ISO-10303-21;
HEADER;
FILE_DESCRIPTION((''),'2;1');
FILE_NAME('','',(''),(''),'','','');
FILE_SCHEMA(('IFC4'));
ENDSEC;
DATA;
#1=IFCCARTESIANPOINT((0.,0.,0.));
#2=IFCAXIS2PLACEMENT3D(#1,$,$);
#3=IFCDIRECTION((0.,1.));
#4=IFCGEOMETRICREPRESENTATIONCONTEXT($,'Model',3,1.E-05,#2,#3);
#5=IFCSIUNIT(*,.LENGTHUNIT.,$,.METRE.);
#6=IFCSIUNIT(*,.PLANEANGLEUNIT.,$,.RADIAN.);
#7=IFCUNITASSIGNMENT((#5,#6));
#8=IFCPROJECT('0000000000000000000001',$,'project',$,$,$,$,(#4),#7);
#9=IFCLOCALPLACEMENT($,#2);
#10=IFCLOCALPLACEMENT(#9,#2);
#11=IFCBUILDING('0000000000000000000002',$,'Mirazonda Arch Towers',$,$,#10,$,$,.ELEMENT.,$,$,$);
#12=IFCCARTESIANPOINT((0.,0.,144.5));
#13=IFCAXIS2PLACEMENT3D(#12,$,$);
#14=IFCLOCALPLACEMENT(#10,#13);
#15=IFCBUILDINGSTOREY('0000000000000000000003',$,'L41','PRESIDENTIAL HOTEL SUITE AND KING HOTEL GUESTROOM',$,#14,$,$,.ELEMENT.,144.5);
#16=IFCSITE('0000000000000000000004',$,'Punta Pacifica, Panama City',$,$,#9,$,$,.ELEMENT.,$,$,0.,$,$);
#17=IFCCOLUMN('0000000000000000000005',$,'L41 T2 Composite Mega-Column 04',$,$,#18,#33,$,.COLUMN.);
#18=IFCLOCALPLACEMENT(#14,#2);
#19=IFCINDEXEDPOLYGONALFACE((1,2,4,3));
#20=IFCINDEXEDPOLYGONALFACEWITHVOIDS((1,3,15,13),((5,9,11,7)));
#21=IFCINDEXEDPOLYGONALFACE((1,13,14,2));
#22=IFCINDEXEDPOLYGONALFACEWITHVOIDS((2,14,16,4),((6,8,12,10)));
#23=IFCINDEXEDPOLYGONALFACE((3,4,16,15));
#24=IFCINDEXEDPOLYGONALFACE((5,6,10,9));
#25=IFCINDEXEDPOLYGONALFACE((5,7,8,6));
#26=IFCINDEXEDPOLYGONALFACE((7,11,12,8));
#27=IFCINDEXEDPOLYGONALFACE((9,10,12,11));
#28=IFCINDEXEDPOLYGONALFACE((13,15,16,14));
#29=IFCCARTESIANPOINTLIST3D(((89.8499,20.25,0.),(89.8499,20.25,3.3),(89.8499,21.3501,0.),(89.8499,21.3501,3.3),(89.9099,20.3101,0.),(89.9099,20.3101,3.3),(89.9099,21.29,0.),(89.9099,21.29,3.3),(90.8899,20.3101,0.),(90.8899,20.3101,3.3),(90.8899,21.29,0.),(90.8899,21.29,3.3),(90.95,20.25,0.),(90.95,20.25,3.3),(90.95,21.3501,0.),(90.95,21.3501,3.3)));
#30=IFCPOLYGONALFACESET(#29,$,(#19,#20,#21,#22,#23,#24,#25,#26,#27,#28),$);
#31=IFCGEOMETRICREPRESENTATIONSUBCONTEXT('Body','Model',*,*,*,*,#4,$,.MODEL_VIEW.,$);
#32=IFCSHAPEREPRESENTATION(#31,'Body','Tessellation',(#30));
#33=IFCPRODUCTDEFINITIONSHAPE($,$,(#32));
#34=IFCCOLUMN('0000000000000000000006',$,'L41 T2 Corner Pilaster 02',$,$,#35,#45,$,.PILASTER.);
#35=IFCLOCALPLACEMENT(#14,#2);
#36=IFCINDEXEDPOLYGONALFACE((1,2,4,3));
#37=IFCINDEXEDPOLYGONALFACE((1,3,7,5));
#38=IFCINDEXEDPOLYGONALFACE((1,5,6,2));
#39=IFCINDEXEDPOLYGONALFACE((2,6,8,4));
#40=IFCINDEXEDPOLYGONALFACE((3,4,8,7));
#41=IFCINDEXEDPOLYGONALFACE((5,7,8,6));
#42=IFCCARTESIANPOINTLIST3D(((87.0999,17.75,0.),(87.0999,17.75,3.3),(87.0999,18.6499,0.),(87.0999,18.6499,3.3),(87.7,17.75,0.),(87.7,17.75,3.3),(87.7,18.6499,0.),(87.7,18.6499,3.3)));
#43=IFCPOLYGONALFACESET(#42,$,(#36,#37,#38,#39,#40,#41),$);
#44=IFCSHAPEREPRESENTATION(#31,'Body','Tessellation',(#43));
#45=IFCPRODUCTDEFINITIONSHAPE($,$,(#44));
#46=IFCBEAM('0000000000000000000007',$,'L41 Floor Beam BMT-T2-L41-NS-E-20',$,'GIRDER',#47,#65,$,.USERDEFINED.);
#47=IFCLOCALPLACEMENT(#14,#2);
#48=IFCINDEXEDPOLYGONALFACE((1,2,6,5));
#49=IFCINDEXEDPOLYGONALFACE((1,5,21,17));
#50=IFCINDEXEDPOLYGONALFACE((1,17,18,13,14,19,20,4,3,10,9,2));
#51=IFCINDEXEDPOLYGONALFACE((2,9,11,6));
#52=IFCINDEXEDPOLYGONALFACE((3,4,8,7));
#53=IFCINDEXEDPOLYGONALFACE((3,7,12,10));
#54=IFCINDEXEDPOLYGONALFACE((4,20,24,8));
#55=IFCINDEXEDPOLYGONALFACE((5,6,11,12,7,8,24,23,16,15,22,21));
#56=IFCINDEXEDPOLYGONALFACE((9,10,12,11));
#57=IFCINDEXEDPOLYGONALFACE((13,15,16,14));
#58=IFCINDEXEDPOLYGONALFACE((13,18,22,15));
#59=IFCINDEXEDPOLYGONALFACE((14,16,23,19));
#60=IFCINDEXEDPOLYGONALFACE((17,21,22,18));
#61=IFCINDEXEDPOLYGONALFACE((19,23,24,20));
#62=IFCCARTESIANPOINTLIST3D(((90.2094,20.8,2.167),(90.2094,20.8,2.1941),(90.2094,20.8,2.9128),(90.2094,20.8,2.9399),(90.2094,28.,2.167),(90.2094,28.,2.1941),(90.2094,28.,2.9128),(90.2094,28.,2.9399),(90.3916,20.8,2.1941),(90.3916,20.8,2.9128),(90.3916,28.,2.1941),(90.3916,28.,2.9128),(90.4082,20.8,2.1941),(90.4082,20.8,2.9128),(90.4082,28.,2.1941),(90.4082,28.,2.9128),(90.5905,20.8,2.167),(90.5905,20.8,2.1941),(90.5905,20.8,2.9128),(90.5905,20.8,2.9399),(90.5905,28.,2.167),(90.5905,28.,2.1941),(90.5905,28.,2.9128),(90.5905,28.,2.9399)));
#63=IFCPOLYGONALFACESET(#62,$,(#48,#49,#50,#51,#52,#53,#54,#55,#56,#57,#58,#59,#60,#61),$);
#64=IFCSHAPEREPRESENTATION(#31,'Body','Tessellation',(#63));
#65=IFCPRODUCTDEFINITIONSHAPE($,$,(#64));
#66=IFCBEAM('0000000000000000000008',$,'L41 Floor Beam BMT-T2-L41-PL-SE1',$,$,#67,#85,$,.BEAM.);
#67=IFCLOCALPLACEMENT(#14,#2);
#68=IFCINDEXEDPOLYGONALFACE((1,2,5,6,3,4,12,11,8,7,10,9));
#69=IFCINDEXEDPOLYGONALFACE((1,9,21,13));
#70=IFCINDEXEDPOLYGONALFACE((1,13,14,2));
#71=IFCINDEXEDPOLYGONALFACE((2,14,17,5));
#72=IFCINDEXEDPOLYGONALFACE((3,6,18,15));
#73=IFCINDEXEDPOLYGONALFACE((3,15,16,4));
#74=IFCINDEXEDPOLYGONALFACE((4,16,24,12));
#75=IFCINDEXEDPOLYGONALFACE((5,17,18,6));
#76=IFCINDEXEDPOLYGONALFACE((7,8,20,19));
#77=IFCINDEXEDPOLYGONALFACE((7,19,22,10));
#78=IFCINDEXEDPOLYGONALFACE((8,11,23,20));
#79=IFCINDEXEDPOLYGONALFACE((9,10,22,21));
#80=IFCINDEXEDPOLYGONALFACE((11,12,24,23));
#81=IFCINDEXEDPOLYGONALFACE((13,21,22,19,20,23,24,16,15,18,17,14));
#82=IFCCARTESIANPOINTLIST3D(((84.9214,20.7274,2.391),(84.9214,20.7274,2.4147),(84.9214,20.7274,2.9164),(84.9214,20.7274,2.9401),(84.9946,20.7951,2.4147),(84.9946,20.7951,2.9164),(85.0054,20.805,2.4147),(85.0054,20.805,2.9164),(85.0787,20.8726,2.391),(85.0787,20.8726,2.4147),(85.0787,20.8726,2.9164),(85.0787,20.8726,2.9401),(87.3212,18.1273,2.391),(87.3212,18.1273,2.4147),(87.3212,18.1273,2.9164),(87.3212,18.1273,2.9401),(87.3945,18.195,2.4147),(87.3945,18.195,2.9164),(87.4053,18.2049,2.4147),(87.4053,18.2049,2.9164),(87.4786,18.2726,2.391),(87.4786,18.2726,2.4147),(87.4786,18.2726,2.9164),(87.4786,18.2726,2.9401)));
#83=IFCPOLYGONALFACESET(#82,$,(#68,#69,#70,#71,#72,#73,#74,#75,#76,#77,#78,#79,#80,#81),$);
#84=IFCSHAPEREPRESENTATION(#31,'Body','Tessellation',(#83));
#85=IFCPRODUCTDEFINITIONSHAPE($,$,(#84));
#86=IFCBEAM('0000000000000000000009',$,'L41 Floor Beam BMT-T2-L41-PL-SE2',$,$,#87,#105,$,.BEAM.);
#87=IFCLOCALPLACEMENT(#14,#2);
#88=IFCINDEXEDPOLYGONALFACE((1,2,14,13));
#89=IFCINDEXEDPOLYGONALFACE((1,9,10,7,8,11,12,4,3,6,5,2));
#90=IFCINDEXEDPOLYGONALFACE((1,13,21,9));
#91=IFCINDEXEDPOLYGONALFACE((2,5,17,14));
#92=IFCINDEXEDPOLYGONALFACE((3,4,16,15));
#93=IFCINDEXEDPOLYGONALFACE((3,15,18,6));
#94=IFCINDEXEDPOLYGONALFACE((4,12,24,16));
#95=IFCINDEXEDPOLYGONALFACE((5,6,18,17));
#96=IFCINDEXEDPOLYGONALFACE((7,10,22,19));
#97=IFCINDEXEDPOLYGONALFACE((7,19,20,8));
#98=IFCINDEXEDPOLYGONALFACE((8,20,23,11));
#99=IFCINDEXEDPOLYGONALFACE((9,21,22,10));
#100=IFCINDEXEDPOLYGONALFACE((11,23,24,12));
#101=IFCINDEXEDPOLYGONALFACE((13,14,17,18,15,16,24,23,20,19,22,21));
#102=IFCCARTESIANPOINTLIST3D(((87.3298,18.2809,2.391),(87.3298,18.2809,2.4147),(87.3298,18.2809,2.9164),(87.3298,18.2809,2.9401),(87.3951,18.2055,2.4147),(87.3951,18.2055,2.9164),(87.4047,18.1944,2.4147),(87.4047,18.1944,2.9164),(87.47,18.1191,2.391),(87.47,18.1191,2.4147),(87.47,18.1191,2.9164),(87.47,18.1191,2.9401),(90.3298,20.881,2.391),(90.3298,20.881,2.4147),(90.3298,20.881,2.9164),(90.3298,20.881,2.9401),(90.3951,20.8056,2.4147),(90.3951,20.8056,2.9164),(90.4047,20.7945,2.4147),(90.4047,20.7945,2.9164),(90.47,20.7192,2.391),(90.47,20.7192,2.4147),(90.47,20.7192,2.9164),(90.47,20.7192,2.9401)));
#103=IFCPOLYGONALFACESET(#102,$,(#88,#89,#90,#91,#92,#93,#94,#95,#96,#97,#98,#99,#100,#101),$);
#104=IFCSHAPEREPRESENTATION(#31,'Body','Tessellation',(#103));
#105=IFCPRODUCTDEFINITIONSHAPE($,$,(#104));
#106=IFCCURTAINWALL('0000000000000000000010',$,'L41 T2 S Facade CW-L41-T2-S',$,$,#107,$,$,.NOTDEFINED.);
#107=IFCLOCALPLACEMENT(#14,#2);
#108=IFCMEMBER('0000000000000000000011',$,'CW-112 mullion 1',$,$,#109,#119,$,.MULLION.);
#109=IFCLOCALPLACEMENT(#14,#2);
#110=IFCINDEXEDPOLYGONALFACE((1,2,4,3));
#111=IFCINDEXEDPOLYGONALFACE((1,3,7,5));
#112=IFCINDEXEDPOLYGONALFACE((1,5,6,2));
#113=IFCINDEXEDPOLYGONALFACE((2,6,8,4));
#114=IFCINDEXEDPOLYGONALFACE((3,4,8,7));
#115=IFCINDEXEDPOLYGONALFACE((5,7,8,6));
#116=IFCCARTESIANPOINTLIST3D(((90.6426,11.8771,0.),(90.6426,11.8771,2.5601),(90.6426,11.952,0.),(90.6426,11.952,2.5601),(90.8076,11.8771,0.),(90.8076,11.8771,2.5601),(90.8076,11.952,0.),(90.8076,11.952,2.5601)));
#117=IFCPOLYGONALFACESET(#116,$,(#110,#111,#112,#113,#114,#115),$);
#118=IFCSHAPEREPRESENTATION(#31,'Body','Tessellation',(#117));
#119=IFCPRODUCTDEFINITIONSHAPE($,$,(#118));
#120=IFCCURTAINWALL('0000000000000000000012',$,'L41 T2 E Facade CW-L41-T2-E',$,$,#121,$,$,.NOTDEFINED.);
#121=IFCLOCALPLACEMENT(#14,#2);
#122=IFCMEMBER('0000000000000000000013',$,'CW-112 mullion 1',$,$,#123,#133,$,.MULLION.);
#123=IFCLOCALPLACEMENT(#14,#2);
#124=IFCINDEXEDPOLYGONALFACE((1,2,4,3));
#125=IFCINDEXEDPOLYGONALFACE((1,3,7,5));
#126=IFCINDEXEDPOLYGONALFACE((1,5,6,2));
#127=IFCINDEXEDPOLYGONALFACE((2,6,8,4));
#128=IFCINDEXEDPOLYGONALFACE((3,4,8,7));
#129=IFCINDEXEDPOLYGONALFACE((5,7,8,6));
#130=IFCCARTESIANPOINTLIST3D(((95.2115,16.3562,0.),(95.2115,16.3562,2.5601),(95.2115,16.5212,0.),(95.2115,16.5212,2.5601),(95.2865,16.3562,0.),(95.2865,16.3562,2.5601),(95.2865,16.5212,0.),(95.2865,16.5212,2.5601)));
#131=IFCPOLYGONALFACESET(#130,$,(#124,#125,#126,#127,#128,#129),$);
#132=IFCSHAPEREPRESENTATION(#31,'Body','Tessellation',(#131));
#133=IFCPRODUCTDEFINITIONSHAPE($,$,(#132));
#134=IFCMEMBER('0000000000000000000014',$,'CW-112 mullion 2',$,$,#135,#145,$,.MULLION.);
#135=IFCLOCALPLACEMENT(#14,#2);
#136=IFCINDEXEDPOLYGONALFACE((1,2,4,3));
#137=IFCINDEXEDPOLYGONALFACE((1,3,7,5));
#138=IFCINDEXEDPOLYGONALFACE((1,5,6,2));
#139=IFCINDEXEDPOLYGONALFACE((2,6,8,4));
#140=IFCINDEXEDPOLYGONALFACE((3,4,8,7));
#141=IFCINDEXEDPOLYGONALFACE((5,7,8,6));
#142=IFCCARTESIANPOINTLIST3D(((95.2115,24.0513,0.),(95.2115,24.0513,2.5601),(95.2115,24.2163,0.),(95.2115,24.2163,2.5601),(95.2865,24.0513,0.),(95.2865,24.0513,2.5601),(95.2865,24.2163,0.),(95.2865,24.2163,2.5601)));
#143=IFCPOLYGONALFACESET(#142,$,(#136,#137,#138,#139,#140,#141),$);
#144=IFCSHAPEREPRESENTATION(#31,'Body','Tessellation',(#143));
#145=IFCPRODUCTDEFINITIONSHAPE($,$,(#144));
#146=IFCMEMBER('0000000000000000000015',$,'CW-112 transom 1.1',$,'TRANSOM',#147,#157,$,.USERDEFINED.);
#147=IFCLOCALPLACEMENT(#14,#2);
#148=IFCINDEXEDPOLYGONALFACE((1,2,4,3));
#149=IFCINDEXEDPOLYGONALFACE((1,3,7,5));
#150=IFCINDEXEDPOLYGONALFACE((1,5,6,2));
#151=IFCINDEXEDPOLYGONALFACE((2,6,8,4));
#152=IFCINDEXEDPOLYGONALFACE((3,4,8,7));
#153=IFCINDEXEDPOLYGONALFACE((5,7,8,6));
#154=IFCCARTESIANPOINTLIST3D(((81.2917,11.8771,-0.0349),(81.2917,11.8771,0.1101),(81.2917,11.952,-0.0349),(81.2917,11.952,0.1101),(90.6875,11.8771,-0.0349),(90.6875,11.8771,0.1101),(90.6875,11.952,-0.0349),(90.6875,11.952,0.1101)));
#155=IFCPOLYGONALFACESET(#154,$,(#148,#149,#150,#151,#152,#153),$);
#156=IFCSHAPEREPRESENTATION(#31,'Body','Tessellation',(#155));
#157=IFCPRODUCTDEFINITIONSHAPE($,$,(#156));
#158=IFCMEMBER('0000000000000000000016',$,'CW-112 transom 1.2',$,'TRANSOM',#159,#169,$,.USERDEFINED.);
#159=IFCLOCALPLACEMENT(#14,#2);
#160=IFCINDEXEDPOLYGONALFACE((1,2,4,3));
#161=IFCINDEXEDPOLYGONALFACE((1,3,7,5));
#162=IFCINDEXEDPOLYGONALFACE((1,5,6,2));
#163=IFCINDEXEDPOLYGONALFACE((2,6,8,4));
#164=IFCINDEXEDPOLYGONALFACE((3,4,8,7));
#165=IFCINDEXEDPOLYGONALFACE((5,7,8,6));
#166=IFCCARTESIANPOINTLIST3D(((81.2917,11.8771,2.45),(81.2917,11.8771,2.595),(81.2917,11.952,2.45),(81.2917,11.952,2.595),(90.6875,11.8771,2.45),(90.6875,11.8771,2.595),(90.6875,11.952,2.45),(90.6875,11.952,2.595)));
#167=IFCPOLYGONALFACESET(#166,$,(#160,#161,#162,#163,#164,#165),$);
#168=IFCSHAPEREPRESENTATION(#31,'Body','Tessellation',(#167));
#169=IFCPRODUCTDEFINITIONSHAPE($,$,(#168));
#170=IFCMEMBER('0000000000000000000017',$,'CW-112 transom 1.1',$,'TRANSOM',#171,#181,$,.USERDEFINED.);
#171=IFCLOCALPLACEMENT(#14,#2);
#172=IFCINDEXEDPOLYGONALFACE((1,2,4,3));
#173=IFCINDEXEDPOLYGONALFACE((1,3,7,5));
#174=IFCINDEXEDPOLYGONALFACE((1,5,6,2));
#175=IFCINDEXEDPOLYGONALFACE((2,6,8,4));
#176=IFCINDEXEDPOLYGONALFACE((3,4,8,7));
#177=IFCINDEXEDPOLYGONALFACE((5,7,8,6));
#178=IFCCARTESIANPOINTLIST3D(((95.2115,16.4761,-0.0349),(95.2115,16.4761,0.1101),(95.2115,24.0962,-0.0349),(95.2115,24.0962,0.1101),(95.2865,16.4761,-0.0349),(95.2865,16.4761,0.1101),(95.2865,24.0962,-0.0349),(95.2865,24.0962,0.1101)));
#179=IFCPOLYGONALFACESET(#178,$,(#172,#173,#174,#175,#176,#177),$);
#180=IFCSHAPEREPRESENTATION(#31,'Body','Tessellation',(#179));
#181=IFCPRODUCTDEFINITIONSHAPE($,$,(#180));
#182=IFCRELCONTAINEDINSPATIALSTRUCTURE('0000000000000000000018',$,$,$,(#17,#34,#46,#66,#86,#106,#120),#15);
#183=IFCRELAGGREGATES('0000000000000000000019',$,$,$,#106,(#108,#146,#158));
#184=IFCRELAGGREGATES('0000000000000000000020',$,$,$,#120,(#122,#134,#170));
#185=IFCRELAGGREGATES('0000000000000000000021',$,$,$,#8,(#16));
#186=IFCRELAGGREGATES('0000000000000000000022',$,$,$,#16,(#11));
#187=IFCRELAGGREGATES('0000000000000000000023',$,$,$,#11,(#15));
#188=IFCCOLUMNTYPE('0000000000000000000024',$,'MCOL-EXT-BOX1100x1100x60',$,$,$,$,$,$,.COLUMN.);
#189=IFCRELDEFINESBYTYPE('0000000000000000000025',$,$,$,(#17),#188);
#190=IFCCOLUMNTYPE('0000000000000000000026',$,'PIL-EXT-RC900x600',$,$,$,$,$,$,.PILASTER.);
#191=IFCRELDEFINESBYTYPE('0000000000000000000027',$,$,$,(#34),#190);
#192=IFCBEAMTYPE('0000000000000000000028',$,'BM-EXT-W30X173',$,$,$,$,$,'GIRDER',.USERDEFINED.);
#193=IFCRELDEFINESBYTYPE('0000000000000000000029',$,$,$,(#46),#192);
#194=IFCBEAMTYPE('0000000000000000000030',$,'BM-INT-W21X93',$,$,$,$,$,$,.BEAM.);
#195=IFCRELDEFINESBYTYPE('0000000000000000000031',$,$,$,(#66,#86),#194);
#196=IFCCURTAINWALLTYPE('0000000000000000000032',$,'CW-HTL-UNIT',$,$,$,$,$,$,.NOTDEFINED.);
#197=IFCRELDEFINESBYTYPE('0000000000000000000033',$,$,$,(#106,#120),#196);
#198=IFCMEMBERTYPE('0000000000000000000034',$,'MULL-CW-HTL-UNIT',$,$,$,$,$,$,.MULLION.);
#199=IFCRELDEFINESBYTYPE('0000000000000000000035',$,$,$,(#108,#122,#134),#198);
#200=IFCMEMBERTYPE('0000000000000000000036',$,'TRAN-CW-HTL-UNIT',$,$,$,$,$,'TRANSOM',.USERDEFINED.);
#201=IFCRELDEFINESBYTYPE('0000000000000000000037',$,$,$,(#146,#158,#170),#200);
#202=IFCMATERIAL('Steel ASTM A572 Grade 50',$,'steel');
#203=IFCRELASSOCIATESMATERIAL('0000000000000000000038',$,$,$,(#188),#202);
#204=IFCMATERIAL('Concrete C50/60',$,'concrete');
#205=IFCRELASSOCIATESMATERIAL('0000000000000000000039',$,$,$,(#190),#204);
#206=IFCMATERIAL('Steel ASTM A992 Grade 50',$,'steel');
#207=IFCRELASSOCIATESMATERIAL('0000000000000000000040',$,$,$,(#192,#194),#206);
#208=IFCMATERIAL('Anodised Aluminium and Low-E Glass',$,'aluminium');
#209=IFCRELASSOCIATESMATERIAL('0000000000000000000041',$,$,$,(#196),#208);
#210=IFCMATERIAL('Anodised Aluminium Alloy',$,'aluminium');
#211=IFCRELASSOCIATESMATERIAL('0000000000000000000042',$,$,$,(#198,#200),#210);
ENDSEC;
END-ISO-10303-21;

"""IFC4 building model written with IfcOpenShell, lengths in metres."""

from ifc_helpers import new_model, si_unit, direction, frame, origin, origin_2d, place, context, subcontext, project, spatial, rectangle, hollow_rectangle, i_section, extrude, material, material_profile, profile_set, type_object, element, aggregate, save


model = new_model("IFC4")

# Units and contexts
model_context = context("Model", 3, precision=1e-05, world=origin(), true_north=direction((0.0, 1.0)))
body_context = subcontext(model_context, "Body", "Model", "MODEL_VIEW")
ifc_project = project(units=[si_unit("LENGTHUNIT", "METRE"), si_unit("PLANEANGLEUNIT", "RADIAN")], contexts=[model_context])

# Site, building, storey
site_placement = place(None, origin())
site = spatial("IfcSite", under=ifc_project, at=site_placement, Name="Punta Pacifica, Panama City", CompositionType="ELEMENT", RefElevation=0.0)
building_placement = place(site_placement, origin())
building = spatial("IfcBuilding", under=site, at=building_placement, Name="Mirazonda Arch Towers", CompositionType="ELEMENT")
storey_placement = place(building_placement, frame((0.0, 0.0, 144.5)))
storey = spatial("IfcBuildingStorey", under=building, at=storey_placement, Name="L41", Description="PRESIDENTIAL HOTEL SUITE AND KING HOTEL GUESTROOM", CompositionType="ELEMENT", Elevation=144.5)

# Columns
ifc_material_1 = material(Name="Steel ASTM A572 Grade 50", Category="steel")
ifc_material_profile_1 = material_profile(ifc_material_1, hollow_rectangle(XDim=1.1001, YDim=1.1001, WallThickness=0.0601, at=origin_2d()), Name="BOX1100x1100x60")
ifc_profile_set_1 = profile_set([ifc_material_profile_1], Name="Steel ASTM A572 Grade 50")
column_type_1 = type_object("IfcColumnType", Name="MCOL-EXT-BOX1100x1100x60", PredefinedType="COLUMN", material=ifc_profile_set_1)
column_1_placement = place(storey_placement, frame((90.3999, 20.8, 0.0), z_axis=(0.0, 0.0, 1.0), x_axis=(1.0, 0.0, 0.0)))
element("IfcColumn", 1, at=column_1_placement, inside=storey, type_object=column_type_1, Name="L41 T2 Composite Mega-Column 04", PredefinedType="COLUMN", context=body_context, shape_type="SweptSolid", body=[
    extrude(hollow_rectangle(XDim=1.1001, YDim=1.1001, WallThickness=0.0601, at=origin_2d()), origin(), (0.0, 0.0, 1.0), 3.3),
])
ifc_material_2 = material(Name="Concrete C50/60", Category="concrete")
ifc_material_profile_2 = material_profile(ifc_material_2, rectangle(XDim=0.6001, YDim=0.8999, at=origin_2d()), Name="RC900x600")
ifc_profile_set_2 = profile_set([ifc_material_profile_2], Name="Concrete C50/60")
column_type_2 = type_object("IfcColumnType", Name="PIL-EXT-RC900x600", PredefinedType="PILASTER", material=ifc_profile_set_2)
column_2_placement = place(storey_placement, frame((87.3999, 18.2, 0.0), z_axis=(0.0, 0.0, 1.0), x_axis=(1.0, 0.0, 0.0)))
element("IfcColumn", 2, at=column_2_placement, inside=storey, type_object=column_type_2, Name="L41 T2 Corner Pilaster 02", PredefinedType="PILASTER", context=body_context, shape_type="SweptSolid", body=[
    extrude(rectangle(XDim=0.6001, YDim=0.8999, at=origin_2d()), origin(), (0.0, 0.0, 1.0), 3.3),
])

# Beams
ifc_material_3 = material(Name="Steel ASTM A992 Grade 50", Category="steel")
ifc_material_profile_3 = material_profile(ifc_material_3, i_section(OverallWidth=0.3811, OverallDepth=0.7729, WebThickness=0.0166, FlangeThickness=0.0271, at=origin_2d()), Name="W30X173")
ifc_profile_set_3 = profile_set([ifc_material_profile_3], Name="Steel ASTM A992 Grade 50")
beam_type_1 = type_object("IfcBeamType", Name="BM-EXT-W30X173", ElementType="GIRDER", PredefinedType="USERDEFINED", material=ifc_profile_set_3)
beam_1_placement = place(storey_placement, frame((90.3999, 20.8, 2.5535), z_axis=(0.0, 1.0, 0.0), x_axis=(-1.0, 0.0, 0.0)))
element("IfcBeam", 3, at=beam_1_placement, inside=storey, type_object=beam_type_1, Name="L41 Floor Beam BMT-T2-L41-NS-E-20", ObjectType="GIRDER", PredefinedType="USERDEFINED", context=body_context, shape_type="SweptSolid", body=[
    extrude(i_section(OverallWidth=0.3811, OverallDepth=0.7729, WebThickness=0.0166, FlangeThickness=0.0271, at=origin_2d()), origin(), (0.0, 0.0, 1.0), 7.2),
])
ifc_material_profile_4 = material_profile(ifc_material_3, i_section(OverallWidth=0.2141, OverallDepth=0.5491, WebThickness=0.0146, FlangeThickness=0.0237, at=origin_2d()), Name="W21X93")
ifc_profile_set_4 = profile_set([ifc_material_profile_4], Name="Steel ASTM A992 Grade 50")
beam_type_2 = type_object("IfcBeamType", Name="BM-INT-W21X93", PredefinedType="BEAM", material=ifc_profile_set_4)
beam_2_placement = place(storey_placement, frame((87.3999, 18.2, 2.6655), z_axis=(-0.678251, 0.73483, 0.0), x_axis=(-0.73483, -0.678251, 0.0)))
element("IfcBeam", 4, at=beam_2_placement, inside=storey, type_object=beam_type_2, Name="L41 Floor Beam BMT-T2-L41-PL-SE1", PredefinedType="BEAM", context=body_context, shape_type="SweptSolid", body=[
    extrude(i_section(OverallWidth=0.2141, OverallDepth=0.5491, WebThickness=0.0146, FlangeThickness=0.0237, at=origin_2d()), origin(), (0.0, 0.0, 1.0), 3.5383),
])
beam_3_placement = place(storey_placement, frame((87.3999, 18.2, 2.6655), z_axis=(0.755677, 0.654945, 0.0), x_axis=(-0.654945, 0.755677, 0.0)))
element("IfcBeam", 5, at=beam_3_placement, inside=storey, type_object=beam_type_2, Name="L41 Floor Beam BMT-T2-L41-PL-SE2", PredefinedType="BEAM", context=body_context, shape_type="SweptSolid", body=[
    extrude(i_section(OverallWidth=0.2141, OverallDepth=0.5491, WebThickness=0.0146, FlangeThickness=0.0237, at=origin_2d()), origin(), (0.0, 0.0, 1.0), 3.97),
])

# Curtain wall, member
ifc_material_4 = material(Name="Anodised Aluminium and Low-E Glass", Category="aluminium")
curtain_wall_type = type_object("IfcCurtainWallType", Name="CW-HTL-UNIT", PredefinedType="NOTDEFINED", material=ifc_material_4)
curtain_wall_1_placement = place(storey_placement, origin())
curtain_wall_1 = element("IfcCurtainWall", 6, at=curtain_wall_1_placement, inside=storey, type_object=curtain_wall_type, Name="L41 T2 S Facade CW-L41-T2-S", PredefinedType="NOTDEFINED")
ifc_material_5 = material(Name="Anodised Aluminium Alloy", Category="aluminium")
ifc_material_profile_5 = material_profile(ifc_material_5, rectangle(XDim=0.075, YDim=0.165, at=origin_2d()), Name="ALU-MULL-75x165")
ifc_profile_set_5 = profile_set([ifc_material_profile_5], Name="Anodised Aluminium Alloy")
member_type_1 = type_object("IfcMemberType", Name="MULL-CW-HTL-UNIT", PredefinedType="MULLION", material=ifc_profile_set_5)
member_1_placement = place(storey_placement, frame((90.7251, 11.9146, 0.0), z_axis=(0.0, 0.0, 1.0), x_axis=(0.0, -1.0, 0.0)))
member_1 = element("IfcMember", 7, at=member_1_placement, type_object=member_type_1, Name="CW-112 mullion 1", PredefinedType="MULLION", context=body_context, shape_type="SweptSolid", body=[
    extrude(rectangle(XDim=0.075, YDim=0.165, at=origin_2d()), origin(), (0.0, 0.0, 1.0), 2.5601),
])

# Curtain wall, members
curtain_wall_2_placement = place(storey_placement, origin())
curtain_wall_2 = element("IfcCurtainWall", 8, at=curtain_wall_2_placement, inside=storey, type_object=curtain_wall_type, Name="L41 T2 E Facade CW-L41-T2-E", PredefinedType="NOTDEFINED")
member_2_placement = place(storey_placement, frame((95.249, 16.4387, 0.0), z_axis=(0.0, 0.0, 1.0), x_axis=(-1.0, 0.0, 0.0)))
member_2 = element("IfcMember", 9, at=member_2_placement, type_object=member_type_1, Name="CW-112 mullion 1", PredefinedType="MULLION", context=body_context, shape_type="SweptSolid", body=[
    extrude(rectangle(XDim=0.075, YDim=0.165, at=origin_2d()), origin(), (0.0, 0.0, 1.0), 2.5601),
])
member_3_placement = place(storey_placement, frame((95.249, 24.1338, 0.0), z_axis=(0.0, 0.0, 1.0), x_axis=(-1.0, 0.0, 0.0)))
member_3 = element("IfcMember", 10, at=member_3_placement, type_object=member_type_1, Name="CW-112 mullion 2", PredefinedType="MULLION", context=body_context, shape_type="SweptSolid", body=[
    extrude(rectangle(XDim=0.075, YDim=0.165, at=origin_2d()), origin(), (0.0, 0.0, 1.0), 2.5601),
])

# Members
ifc_material_profile_6 = material_profile(ifc_material_5, rectangle(XDim=0.075, YDim=0.145, at=origin_2d()), Name="ALU-TRAN-75x145")
ifc_profile_set_6 = profile_set([ifc_material_profile_6], Name="Anodised Aluminium Alloy")
member_type_2 = type_object("IfcMemberType", Name="TRAN-CW-HTL-UNIT", ElementType="TRANSOM", PredefinedType="USERDEFINED", material=ifc_profile_set_6)
member_4_placement = place(storey_placement, frame((90.6875, 11.9146, 0.0376), z_axis=(-1.0, 0.0, 0.0), x_axis=(0.0, -1.0, 0.0)))
member_4 = element("IfcMember", 11, at=member_4_placement, type_object=member_type_2, Name="CW-112 transom 1.1", ObjectType="TRANSOM", PredefinedType="USERDEFINED", context=body_context, shape_type="SweptSolid", body=[
    extrude(rectangle(XDim=0.075, YDim=0.145, at=origin_2d()), origin(), (0.0, 0.0, 1.0), 9.3958),
])
member_5_placement = place(storey_placement, frame((90.6875, 11.9146, 2.5225), z_axis=(-1.0, 0.0, 0.0), x_axis=(0.0, -1.0, 0.0)))
member_5 = element("IfcMember", 12, at=member_5_placement, type_object=member_type_2, Name="CW-112 transom 1.2", ObjectType="TRANSOM", PredefinedType="USERDEFINED", context=body_context, shape_type="SweptSolid", body=[
    extrude(rectangle(XDim=0.075, YDim=0.145, at=origin_2d()), origin(), (0.0, 0.0, 1.0), 9.3958),
])
aggregate(curtain_wall_1, [member_1, member_4, member_5])
member_6_placement = place(storey_placement, frame((95.249, 16.4761, 0.0376), z_axis=(0.0, 1.0, 0.0), x_axis=(-1.0, 0.0, 0.0)))
member_6 = element("IfcMember", 13, at=member_6_placement, type_object=member_type_2, Name="CW-112 transom 1.1", ObjectType="TRANSOM", PredefinedType="USERDEFINED", context=body_context, shape_type="SweptSolid", body=[
    extrude(rectangle(XDim=0.075, YDim=0.145, at=origin_2d()), origin(), (0.0, 0.0, 1.0), 7.6201),
])

aggregate(curtain_wall_2, [member_2, member_3, member_6])

save(model, "model.ifc")
